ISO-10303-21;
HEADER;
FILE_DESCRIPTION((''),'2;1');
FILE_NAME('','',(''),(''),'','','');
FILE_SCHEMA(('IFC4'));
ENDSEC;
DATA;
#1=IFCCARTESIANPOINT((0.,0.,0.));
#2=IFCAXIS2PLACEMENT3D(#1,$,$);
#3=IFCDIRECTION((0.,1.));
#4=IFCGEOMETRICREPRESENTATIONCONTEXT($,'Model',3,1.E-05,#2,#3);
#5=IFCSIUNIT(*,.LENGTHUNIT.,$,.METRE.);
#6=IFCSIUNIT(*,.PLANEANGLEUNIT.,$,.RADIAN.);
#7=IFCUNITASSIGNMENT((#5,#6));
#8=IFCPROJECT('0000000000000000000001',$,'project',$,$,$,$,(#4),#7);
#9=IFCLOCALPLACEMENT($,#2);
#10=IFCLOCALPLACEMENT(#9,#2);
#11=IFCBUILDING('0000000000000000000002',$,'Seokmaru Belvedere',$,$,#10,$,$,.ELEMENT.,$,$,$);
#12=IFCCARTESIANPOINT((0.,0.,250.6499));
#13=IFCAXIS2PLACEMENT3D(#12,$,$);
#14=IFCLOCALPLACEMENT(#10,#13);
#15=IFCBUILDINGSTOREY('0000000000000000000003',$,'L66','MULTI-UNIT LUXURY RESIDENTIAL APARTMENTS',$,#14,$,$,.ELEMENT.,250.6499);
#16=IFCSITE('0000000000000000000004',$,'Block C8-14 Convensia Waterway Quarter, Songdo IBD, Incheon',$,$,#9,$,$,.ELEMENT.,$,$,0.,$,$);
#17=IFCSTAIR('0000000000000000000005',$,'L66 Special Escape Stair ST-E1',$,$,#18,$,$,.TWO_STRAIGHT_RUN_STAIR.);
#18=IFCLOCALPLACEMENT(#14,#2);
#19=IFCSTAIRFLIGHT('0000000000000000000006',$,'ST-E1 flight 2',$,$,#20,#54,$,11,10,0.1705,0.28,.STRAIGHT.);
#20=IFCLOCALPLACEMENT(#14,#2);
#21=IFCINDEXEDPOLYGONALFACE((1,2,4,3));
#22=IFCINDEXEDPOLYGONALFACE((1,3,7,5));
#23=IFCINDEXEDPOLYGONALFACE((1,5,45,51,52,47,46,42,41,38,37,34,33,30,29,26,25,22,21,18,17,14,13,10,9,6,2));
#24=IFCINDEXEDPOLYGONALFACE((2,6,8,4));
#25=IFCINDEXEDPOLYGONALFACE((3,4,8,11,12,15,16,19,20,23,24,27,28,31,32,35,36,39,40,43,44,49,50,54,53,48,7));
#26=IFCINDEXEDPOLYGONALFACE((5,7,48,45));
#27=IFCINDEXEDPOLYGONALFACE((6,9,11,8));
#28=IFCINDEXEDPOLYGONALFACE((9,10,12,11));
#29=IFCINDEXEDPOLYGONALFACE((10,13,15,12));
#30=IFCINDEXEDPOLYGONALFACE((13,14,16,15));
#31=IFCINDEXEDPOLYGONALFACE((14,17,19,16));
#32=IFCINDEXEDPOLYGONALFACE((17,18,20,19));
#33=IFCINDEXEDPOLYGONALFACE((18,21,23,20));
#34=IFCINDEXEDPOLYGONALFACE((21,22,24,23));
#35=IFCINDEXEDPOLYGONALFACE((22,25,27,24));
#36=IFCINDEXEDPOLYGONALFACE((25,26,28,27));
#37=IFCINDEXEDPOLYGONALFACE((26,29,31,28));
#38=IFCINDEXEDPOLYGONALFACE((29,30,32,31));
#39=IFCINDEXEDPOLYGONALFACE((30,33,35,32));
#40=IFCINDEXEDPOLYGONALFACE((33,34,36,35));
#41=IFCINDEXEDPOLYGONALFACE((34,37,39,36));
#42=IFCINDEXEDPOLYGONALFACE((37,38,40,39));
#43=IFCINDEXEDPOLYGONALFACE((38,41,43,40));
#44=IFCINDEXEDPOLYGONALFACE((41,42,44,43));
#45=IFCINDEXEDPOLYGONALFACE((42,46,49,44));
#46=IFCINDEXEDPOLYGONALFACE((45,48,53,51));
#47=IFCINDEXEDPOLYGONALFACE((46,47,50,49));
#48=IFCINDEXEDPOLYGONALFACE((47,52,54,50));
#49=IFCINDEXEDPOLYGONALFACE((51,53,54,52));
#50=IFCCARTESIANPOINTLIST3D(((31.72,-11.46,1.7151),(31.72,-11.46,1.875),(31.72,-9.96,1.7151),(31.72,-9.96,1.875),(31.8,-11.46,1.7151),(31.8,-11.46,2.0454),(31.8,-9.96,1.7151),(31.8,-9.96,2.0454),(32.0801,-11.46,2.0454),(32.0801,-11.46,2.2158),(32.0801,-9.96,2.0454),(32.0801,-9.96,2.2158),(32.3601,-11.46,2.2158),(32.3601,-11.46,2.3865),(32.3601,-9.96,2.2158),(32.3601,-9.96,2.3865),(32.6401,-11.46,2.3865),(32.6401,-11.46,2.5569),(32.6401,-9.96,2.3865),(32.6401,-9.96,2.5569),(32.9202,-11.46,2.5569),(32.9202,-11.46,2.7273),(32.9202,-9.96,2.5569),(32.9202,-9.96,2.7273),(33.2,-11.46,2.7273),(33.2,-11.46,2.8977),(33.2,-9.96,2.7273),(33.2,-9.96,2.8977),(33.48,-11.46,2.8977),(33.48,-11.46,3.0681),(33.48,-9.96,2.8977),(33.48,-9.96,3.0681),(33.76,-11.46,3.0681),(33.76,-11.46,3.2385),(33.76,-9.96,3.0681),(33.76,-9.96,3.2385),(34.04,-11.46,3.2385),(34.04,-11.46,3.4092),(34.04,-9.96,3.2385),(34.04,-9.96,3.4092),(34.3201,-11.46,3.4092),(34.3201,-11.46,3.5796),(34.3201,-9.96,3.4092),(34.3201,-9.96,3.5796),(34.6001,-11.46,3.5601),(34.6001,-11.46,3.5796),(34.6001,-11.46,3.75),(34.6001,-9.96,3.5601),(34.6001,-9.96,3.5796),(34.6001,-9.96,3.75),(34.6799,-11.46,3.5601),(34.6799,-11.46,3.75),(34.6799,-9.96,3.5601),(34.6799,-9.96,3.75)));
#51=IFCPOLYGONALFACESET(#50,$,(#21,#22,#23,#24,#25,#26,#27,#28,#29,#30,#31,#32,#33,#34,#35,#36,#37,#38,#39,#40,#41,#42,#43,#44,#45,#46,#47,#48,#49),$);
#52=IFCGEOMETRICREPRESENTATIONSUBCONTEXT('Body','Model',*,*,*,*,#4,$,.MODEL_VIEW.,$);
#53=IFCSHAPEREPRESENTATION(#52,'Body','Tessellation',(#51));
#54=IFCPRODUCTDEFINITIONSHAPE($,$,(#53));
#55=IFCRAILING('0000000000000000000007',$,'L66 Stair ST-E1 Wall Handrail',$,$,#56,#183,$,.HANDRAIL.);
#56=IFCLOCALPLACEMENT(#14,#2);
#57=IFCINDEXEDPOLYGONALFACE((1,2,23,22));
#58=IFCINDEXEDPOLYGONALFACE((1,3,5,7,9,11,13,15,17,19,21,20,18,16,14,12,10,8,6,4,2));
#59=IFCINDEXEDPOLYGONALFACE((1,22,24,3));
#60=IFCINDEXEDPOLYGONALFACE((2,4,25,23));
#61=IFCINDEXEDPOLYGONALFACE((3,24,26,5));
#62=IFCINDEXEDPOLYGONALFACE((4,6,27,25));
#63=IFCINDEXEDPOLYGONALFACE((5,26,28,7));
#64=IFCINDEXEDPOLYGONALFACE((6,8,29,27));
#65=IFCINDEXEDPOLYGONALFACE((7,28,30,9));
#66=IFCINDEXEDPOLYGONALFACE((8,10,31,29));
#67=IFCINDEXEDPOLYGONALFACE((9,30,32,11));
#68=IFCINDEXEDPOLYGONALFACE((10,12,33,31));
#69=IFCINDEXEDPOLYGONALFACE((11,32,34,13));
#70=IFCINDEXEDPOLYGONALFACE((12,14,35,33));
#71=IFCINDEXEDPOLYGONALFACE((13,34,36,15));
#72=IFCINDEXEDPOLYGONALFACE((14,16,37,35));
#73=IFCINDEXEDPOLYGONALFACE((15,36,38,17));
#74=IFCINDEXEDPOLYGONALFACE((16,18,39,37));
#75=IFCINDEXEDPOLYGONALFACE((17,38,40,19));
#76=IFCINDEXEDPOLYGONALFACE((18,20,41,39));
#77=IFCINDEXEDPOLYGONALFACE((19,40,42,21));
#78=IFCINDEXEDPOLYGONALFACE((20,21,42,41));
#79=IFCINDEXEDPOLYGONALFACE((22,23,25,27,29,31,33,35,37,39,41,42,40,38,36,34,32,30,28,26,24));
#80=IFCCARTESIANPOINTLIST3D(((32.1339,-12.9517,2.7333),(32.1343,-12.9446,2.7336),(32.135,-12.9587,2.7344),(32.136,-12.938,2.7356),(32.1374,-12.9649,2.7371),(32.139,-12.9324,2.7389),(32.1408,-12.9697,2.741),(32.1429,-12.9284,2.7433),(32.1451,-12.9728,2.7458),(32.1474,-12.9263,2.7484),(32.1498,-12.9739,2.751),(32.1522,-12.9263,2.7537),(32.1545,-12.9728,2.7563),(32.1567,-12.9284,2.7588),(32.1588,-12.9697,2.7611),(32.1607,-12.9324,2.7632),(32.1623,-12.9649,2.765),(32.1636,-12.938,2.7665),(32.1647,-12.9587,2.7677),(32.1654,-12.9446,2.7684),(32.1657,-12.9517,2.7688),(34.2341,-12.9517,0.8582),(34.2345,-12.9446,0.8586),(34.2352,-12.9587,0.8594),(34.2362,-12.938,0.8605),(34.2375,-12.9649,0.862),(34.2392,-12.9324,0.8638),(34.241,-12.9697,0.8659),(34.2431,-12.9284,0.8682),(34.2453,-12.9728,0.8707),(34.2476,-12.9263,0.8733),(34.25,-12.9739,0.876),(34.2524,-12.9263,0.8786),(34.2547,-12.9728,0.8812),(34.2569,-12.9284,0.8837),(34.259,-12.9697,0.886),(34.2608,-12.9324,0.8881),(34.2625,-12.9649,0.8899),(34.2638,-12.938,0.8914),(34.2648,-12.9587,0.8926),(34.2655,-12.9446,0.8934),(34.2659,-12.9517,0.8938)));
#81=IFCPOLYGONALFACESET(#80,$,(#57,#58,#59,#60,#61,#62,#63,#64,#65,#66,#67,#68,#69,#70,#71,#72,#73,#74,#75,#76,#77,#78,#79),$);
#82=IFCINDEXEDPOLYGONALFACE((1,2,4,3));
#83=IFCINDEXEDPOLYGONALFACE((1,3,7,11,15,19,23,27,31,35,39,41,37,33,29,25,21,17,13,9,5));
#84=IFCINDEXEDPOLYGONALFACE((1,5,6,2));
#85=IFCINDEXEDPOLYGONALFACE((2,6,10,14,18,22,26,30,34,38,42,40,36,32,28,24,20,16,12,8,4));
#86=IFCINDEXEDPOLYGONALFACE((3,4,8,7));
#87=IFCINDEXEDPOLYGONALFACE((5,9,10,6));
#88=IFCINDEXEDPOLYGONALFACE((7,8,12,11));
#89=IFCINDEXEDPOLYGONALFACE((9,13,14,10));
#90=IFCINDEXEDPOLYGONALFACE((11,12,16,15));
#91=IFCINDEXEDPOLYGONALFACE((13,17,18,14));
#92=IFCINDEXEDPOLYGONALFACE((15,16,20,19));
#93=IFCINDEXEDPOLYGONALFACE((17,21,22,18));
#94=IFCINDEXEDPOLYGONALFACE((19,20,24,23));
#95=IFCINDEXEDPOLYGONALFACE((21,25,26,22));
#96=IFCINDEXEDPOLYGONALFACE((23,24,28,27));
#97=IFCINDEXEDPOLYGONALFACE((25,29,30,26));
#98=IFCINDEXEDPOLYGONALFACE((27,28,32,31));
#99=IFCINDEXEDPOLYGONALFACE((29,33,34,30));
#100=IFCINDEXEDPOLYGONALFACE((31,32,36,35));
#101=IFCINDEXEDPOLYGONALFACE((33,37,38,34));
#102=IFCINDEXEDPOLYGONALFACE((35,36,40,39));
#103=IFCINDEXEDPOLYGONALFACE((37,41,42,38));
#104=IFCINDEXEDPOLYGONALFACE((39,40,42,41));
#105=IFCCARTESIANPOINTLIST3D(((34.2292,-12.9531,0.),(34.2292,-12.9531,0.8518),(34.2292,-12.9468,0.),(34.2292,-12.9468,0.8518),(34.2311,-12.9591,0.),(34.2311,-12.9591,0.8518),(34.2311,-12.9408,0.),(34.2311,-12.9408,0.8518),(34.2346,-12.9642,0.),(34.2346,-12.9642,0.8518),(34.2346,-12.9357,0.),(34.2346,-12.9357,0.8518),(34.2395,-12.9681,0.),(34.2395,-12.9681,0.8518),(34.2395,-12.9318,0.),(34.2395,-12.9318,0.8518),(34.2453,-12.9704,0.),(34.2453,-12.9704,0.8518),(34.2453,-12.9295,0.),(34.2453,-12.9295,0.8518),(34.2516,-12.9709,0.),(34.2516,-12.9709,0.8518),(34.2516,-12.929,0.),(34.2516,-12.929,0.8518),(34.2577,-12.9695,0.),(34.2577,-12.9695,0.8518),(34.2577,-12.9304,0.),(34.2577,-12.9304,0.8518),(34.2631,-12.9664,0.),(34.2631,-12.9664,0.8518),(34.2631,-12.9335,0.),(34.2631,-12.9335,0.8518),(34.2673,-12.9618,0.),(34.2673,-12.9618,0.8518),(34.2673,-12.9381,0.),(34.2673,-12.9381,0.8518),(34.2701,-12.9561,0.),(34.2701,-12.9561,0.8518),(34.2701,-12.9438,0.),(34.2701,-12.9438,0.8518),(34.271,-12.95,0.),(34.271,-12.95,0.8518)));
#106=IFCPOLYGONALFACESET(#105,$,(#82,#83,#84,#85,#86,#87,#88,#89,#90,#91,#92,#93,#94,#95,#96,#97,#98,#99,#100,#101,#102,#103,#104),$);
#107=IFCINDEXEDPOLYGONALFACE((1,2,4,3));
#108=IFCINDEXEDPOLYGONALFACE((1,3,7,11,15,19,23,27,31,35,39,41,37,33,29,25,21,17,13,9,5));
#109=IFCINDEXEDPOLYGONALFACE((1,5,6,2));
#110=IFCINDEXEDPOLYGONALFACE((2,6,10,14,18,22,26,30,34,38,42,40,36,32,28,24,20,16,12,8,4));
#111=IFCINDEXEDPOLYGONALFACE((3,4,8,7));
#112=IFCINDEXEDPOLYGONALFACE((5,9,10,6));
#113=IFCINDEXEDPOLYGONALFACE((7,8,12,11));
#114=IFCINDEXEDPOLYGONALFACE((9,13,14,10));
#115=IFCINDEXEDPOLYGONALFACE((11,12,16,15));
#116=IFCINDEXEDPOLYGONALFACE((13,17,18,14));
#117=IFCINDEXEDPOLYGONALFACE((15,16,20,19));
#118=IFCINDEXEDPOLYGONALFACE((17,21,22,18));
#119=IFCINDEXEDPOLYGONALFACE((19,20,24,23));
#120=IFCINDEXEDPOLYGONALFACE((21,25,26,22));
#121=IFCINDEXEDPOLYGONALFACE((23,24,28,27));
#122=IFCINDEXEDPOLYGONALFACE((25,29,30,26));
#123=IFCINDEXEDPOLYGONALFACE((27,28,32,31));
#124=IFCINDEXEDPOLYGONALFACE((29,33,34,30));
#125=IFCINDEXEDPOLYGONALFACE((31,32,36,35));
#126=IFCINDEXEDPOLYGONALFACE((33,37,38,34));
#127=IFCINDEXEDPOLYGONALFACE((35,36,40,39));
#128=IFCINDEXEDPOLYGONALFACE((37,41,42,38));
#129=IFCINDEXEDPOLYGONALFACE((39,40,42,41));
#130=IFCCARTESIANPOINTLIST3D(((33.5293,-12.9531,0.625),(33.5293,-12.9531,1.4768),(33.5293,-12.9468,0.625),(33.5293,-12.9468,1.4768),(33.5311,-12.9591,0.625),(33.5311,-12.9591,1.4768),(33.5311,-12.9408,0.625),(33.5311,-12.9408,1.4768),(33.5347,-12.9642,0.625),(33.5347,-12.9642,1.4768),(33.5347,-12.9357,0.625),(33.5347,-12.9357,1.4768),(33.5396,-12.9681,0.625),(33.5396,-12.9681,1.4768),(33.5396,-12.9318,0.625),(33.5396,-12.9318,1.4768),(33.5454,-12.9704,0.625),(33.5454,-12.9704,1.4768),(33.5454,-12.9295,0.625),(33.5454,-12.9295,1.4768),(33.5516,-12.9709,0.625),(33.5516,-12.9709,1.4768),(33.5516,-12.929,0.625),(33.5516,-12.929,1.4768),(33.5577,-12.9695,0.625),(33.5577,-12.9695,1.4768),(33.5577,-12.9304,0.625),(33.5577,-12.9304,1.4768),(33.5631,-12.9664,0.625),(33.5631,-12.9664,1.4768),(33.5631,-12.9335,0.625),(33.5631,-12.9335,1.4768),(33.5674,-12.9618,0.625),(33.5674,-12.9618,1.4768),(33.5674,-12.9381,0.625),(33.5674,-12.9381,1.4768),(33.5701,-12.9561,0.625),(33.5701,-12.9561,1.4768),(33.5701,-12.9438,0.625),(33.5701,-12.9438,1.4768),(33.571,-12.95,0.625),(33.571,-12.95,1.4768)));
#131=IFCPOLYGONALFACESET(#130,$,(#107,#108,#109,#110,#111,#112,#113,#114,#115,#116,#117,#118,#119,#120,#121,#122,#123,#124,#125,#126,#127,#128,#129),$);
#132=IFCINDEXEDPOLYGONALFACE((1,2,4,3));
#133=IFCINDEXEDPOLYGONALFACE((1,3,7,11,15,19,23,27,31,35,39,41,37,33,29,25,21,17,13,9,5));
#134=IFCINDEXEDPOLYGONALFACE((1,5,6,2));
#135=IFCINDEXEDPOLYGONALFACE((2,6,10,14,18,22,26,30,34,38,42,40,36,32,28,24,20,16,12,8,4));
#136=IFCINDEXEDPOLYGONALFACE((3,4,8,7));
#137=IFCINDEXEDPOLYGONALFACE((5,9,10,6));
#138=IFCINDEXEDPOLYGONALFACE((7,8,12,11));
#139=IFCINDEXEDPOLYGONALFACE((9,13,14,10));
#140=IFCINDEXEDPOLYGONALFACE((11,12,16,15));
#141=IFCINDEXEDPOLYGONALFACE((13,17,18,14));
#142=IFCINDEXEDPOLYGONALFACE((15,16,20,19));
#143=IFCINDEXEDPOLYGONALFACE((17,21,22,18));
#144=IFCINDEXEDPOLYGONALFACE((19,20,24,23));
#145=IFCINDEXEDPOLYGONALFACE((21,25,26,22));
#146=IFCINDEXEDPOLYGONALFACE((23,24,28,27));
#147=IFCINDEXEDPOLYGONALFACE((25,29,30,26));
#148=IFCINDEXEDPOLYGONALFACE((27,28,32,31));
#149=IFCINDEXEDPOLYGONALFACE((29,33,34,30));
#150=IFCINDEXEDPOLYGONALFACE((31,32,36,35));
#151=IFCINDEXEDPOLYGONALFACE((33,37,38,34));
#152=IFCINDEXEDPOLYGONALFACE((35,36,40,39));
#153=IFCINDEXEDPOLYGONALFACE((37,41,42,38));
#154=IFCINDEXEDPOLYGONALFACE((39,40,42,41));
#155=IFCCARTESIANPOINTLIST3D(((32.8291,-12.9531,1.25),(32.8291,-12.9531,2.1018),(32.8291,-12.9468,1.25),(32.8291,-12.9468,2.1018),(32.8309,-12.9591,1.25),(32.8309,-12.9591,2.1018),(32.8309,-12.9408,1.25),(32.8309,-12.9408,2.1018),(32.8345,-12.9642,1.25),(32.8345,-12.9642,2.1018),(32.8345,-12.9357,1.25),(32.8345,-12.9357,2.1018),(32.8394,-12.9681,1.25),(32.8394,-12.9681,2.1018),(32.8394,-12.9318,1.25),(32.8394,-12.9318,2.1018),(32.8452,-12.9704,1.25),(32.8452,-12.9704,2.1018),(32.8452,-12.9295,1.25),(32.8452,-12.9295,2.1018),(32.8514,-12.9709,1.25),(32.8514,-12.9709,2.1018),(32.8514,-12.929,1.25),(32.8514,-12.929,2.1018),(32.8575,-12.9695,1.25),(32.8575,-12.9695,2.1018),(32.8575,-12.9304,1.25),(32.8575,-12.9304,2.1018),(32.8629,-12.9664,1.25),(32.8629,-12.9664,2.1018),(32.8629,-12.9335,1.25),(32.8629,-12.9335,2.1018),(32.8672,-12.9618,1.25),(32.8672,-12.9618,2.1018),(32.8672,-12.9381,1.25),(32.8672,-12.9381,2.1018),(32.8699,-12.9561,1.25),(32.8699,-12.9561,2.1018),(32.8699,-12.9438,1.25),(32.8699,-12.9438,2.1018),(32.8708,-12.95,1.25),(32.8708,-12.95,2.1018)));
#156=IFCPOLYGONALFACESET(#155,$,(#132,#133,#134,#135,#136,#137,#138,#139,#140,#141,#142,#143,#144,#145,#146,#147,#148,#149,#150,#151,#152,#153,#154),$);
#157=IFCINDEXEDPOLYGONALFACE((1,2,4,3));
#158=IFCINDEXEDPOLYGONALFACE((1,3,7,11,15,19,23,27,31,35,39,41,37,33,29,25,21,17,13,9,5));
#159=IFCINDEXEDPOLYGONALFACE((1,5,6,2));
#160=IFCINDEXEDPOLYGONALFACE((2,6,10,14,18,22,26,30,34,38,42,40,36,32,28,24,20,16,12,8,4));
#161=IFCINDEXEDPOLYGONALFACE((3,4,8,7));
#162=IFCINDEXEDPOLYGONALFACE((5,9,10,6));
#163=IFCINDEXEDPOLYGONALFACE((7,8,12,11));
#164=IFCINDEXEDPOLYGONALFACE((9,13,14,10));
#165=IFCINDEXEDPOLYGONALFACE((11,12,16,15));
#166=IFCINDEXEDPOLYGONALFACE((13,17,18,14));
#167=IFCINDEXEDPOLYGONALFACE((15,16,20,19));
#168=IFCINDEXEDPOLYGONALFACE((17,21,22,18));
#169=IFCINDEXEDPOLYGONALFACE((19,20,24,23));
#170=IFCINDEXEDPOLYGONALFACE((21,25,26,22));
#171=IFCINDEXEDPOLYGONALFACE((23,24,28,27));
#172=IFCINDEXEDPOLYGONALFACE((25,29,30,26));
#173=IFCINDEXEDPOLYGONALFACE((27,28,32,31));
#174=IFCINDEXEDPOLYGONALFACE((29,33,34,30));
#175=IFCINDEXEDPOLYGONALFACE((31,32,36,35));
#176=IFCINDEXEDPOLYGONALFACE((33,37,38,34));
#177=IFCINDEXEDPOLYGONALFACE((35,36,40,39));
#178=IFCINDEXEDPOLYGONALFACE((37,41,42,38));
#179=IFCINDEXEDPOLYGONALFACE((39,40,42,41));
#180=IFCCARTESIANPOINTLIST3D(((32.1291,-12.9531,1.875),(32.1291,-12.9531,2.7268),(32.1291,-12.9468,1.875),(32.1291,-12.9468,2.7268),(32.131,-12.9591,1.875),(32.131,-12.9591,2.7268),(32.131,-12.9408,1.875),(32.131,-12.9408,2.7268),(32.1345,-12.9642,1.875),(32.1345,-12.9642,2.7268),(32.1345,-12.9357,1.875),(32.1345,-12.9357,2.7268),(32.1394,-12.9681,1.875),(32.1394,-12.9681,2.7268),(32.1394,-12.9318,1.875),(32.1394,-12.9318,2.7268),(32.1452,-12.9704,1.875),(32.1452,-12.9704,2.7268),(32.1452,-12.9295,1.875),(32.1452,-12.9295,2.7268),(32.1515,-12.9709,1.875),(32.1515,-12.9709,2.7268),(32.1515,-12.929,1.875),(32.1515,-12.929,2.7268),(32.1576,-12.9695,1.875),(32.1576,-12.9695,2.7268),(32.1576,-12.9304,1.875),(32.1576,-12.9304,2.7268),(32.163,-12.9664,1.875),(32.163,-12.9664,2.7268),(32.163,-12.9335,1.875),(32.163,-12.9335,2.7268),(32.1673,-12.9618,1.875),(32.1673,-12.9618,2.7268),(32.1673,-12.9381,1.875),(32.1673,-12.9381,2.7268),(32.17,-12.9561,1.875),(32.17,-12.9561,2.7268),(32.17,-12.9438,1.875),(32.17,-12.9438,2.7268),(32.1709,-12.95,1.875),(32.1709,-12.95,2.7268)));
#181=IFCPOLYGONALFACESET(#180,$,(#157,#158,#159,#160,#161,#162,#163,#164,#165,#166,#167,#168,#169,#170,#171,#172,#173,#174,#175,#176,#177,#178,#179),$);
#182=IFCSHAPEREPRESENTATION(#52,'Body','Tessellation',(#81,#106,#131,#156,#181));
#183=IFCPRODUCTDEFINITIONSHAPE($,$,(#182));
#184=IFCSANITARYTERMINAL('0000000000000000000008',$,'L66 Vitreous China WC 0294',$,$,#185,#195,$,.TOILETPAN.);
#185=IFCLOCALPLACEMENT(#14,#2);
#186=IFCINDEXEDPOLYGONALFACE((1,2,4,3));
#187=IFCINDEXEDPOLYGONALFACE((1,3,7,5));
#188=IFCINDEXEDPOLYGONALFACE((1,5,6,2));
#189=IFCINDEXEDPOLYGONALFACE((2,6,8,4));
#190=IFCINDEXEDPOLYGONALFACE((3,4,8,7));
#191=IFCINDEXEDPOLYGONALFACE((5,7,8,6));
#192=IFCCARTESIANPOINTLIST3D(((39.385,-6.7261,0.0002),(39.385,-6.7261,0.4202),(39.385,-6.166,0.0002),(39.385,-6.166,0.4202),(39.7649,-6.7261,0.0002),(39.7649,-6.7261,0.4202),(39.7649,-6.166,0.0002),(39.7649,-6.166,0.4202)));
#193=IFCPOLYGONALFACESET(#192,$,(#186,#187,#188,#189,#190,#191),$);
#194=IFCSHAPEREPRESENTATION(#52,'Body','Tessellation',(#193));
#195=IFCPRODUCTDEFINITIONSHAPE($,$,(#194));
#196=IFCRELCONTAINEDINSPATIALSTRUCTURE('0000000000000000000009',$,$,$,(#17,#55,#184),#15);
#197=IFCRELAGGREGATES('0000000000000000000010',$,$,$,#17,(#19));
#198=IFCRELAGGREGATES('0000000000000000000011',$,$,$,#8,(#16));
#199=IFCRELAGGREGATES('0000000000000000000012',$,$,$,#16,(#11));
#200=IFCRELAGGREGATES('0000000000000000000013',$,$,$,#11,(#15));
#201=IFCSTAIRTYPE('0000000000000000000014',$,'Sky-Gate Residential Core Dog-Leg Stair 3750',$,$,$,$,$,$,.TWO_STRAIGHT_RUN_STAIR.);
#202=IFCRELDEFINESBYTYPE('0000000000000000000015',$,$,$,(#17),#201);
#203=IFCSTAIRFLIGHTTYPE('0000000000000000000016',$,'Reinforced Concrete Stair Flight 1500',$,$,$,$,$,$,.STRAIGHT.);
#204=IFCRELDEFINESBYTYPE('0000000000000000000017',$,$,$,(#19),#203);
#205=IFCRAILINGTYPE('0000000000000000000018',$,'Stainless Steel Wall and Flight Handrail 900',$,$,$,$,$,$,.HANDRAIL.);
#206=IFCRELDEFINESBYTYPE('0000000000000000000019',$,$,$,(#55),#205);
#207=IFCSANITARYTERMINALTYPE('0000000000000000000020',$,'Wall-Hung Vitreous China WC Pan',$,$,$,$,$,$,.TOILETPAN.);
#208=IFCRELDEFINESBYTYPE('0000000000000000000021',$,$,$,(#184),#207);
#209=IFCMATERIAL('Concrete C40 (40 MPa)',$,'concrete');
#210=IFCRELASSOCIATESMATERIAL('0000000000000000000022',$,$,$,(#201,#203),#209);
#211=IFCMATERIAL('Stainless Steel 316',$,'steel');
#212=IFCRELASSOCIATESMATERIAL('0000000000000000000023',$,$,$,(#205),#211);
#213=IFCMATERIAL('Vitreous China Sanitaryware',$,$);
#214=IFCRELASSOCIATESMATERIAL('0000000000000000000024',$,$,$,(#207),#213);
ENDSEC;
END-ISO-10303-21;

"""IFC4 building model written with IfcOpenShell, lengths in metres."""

from ifc_helpers import new_model, si_unit, direction, frame, origin, origin_2d, place, context, subcontext, project, spatial, polyline, rectangle, circle, outline, extrude, source, transform, mapped, material, type_object, type_shapes, element, aggregate, save


model = new_model("IFC4")

# Units and contexts
model_context = context("Model", 3, precision=1e-05, world=origin(), true_north=direction((0.0, 1.0)))
body_context = subcontext(model_context, "Body", "Model", "MODEL_VIEW")
ifc_project = project(units=[si_unit("LENGTHUNIT", "METRE"), si_unit("PLANEANGLEUNIT", "RADIAN")], contexts=[model_context])

# Site, building, storey
site_placement = place(None, origin())
site = spatial("IfcSite", under=ifc_project, at=site_placement, Name="Block C8-14 Convensia Waterway Quarter, Songdo IBD, Incheon", CompositionType="ELEMENT", RefElevation=0.0)
building_placement = place(site_placement, origin())
building = spatial("IfcBuilding", under=site, at=building_placement, Name="Seokmaru Belvedere", CompositionType="ELEMENT")
storey_placement = place(building_placement, frame((0.0, 0.0, 250.6499)))
storey = spatial("IfcBuildingStorey", under=building, at=storey_placement, Name="L66", Description="MULTI-UNIT LUXURY RESIDENTIAL APARTMENTS", CompositionType="ELEMENT", Elevation=250.6499)

# Shared definitions
ifc_material_1 = material(Name="Stainless Steel 316", Category="steel")

# Stair, stair flight
ifc_material_2 = material(Name="Concrete C40 (40 MPa)", Category="concrete")
stair_type = type_object("IfcStairType", Name="Sky-Gate Residential Core Dog-Leg Stair 3750", PredefinedType="TWO_STRAIGHT_RUN_STAIR", material=ifc_material_2)
stair_placement = place(storey_placement, origin())
stair = element("IfcStair", 1, at=stair_placement, inside=storey, type_object=stair_type, Name="L66 Special Escape Stair ST-E1", PredefinedType="TWO_STRAIGHT_RUN_STAIR")
stair_flight_type = type_object("IfcStairFlightType", Name="Reinforced Concrete Stair Flight 1500", PredefinedType="STRAIGHT", material=ifc_material_2)
stair_flight_1_placement = place(storey_placement, frame((31.8, -10.71, 1.875), z_axis=(0.0, 0.0, 1.0), x_axis=(1.0, 0.0, 0.0)))
stair_flight_1 = element("IfcStairFlight", 2, at=stair_flight_1_placement, type_object=stair_flight_type, Name="ST-E1 flight 2", NumberOfRisers=11, NumberOfTreads=10, PredefinedType="STRAIGHT", RiserHeight=0.1705, TreadLength=0.28, context=body_context, shape_type="SweptSolid", body=[
    extrude(outline(polyline([(-0.0801, 0.0), (0.0, 0.1704), (0.28, 0.1704), (0.28, 0.3408), (0.5601, 0.3408), (0.5601, 0.5115), (0.8401, 0.5115), (0.8401, 0.6819), (1.1201, 0.6819), (1.1201, 0.8523), (1.3999, 0.8523), (1.3999, 1.0227), (1.6799, 1.0227), (1.6799, 1.1931), (1.96, 1.1931), (1.96, 1.3635), (2.24, 1.3635), (2.24, 1.5342), (2.52, 1.5342), (2.52, 1.7046), (2.8, 1.7046), (2.8, 1.875), (2.8799, 1.875), (2.8799, 1.6851), (2.8, 1.6851), (0.0, -0.1599), (-0.0801, -0.1599), (-0.0801, 0.0)])), frame((0.0, 0.75, 0.0), z_axis=(0.0, -1.0, 0.0), x_axis=(1.0, 0.0, 0.0)), (0.0, 0.0, 1.0), 1.5),
])
aggregate(stair, [stair_flight_1])

# Railing
railing_type_1 = type_object("IfcRailingType", Name="Stainless Steel Wall and Flight Handrail 900", PredefinedType="HANDRAIL", material=ifc_material_1)
railing_1_placement = place(storey_placement, frame((34.25, -12.95, 0.0)))
element("IfcRailing", 3, at=railing_1_placement, inside=storey, type_object=railing_type_1, Name="L66 Stair ST-E1 Wall Handrail", PredefinedType="HANDRAIL", context=body_context, shape_type="SweptSolid", body=[
    extrude(circle(Radius=0.0239, at=origin_2d()), frame((0.0, 0.0, 0.876), z_axis=(-0.745953, 0.0, 0.665999), x_axis=(0.0, -1.0, 0.0)), (0.0, 0.0, 1.0), 2.8154),
    extrude(circle(Radius=0.021, at=origin_2d()), origin(), (0.0, 0.0, 1.0), 0.8518),
    extrude(circle(Radius=0.021, at=origin_2d()), frame((-0.7, 0.0, 0.625)), (0.0, 0.0, 1.0), 0.8518),
    extrude(circle(Radius=0.021, at=origin_2d()), frame((-1.4001, 0.0, 1.25)), (0.0, 0.0, 1.0), 0.8518),
    extrude(circle(Radius=0.021, at=origin_2d()), frame((-2.1001, 0.0, 1.875)), (0.0, 0.0, 1.0), 0.8518),
])

# Sanitary terminal
ifc_material_3 = material(Name="Vitreous China Sanitaryware")
sanitary_terminal_type_1 = type_object("IfcSanitaryTerminalType", Name="Wall-Hung Vitreous China WC Pan", PredefinedType="TOILETPAN", material=ifc_material_3)
shared_shape_1 = source(origin(), body_context, "Body", "SweptSolid", [
    extrude(rectangle(XDim=0.3799, YDim=0.5601, at=origin_2d()), origin(), (0.0, 0.0, 1.0), 0.4199),
])
type_shapes(sanitary_terminal_type_1, [shared_shape_1])
sanitary_terminal_1_placement = place(storey_placement, frame((39.575, -6.446, 0.0002), z_axis=(0.0, 0.0, 1.0), x_axis=(1.0, 0.0, 0.0)))
element("IfcSanitaryTerminal", 4, at=sanitary_terminal_1_placement, inside=storey, type_object=sanitary_terminal_type_1, Name="L66 Vitreous China WC 0294", PredefinedType="TOILETPAN", context=body_context, shape_type="MappedRepresentation", body=[
    mapped(shared_shape_1, transform((0.0, 0.0, 0.0), scale=1.0)),
])

save(model, "model.ifc")
